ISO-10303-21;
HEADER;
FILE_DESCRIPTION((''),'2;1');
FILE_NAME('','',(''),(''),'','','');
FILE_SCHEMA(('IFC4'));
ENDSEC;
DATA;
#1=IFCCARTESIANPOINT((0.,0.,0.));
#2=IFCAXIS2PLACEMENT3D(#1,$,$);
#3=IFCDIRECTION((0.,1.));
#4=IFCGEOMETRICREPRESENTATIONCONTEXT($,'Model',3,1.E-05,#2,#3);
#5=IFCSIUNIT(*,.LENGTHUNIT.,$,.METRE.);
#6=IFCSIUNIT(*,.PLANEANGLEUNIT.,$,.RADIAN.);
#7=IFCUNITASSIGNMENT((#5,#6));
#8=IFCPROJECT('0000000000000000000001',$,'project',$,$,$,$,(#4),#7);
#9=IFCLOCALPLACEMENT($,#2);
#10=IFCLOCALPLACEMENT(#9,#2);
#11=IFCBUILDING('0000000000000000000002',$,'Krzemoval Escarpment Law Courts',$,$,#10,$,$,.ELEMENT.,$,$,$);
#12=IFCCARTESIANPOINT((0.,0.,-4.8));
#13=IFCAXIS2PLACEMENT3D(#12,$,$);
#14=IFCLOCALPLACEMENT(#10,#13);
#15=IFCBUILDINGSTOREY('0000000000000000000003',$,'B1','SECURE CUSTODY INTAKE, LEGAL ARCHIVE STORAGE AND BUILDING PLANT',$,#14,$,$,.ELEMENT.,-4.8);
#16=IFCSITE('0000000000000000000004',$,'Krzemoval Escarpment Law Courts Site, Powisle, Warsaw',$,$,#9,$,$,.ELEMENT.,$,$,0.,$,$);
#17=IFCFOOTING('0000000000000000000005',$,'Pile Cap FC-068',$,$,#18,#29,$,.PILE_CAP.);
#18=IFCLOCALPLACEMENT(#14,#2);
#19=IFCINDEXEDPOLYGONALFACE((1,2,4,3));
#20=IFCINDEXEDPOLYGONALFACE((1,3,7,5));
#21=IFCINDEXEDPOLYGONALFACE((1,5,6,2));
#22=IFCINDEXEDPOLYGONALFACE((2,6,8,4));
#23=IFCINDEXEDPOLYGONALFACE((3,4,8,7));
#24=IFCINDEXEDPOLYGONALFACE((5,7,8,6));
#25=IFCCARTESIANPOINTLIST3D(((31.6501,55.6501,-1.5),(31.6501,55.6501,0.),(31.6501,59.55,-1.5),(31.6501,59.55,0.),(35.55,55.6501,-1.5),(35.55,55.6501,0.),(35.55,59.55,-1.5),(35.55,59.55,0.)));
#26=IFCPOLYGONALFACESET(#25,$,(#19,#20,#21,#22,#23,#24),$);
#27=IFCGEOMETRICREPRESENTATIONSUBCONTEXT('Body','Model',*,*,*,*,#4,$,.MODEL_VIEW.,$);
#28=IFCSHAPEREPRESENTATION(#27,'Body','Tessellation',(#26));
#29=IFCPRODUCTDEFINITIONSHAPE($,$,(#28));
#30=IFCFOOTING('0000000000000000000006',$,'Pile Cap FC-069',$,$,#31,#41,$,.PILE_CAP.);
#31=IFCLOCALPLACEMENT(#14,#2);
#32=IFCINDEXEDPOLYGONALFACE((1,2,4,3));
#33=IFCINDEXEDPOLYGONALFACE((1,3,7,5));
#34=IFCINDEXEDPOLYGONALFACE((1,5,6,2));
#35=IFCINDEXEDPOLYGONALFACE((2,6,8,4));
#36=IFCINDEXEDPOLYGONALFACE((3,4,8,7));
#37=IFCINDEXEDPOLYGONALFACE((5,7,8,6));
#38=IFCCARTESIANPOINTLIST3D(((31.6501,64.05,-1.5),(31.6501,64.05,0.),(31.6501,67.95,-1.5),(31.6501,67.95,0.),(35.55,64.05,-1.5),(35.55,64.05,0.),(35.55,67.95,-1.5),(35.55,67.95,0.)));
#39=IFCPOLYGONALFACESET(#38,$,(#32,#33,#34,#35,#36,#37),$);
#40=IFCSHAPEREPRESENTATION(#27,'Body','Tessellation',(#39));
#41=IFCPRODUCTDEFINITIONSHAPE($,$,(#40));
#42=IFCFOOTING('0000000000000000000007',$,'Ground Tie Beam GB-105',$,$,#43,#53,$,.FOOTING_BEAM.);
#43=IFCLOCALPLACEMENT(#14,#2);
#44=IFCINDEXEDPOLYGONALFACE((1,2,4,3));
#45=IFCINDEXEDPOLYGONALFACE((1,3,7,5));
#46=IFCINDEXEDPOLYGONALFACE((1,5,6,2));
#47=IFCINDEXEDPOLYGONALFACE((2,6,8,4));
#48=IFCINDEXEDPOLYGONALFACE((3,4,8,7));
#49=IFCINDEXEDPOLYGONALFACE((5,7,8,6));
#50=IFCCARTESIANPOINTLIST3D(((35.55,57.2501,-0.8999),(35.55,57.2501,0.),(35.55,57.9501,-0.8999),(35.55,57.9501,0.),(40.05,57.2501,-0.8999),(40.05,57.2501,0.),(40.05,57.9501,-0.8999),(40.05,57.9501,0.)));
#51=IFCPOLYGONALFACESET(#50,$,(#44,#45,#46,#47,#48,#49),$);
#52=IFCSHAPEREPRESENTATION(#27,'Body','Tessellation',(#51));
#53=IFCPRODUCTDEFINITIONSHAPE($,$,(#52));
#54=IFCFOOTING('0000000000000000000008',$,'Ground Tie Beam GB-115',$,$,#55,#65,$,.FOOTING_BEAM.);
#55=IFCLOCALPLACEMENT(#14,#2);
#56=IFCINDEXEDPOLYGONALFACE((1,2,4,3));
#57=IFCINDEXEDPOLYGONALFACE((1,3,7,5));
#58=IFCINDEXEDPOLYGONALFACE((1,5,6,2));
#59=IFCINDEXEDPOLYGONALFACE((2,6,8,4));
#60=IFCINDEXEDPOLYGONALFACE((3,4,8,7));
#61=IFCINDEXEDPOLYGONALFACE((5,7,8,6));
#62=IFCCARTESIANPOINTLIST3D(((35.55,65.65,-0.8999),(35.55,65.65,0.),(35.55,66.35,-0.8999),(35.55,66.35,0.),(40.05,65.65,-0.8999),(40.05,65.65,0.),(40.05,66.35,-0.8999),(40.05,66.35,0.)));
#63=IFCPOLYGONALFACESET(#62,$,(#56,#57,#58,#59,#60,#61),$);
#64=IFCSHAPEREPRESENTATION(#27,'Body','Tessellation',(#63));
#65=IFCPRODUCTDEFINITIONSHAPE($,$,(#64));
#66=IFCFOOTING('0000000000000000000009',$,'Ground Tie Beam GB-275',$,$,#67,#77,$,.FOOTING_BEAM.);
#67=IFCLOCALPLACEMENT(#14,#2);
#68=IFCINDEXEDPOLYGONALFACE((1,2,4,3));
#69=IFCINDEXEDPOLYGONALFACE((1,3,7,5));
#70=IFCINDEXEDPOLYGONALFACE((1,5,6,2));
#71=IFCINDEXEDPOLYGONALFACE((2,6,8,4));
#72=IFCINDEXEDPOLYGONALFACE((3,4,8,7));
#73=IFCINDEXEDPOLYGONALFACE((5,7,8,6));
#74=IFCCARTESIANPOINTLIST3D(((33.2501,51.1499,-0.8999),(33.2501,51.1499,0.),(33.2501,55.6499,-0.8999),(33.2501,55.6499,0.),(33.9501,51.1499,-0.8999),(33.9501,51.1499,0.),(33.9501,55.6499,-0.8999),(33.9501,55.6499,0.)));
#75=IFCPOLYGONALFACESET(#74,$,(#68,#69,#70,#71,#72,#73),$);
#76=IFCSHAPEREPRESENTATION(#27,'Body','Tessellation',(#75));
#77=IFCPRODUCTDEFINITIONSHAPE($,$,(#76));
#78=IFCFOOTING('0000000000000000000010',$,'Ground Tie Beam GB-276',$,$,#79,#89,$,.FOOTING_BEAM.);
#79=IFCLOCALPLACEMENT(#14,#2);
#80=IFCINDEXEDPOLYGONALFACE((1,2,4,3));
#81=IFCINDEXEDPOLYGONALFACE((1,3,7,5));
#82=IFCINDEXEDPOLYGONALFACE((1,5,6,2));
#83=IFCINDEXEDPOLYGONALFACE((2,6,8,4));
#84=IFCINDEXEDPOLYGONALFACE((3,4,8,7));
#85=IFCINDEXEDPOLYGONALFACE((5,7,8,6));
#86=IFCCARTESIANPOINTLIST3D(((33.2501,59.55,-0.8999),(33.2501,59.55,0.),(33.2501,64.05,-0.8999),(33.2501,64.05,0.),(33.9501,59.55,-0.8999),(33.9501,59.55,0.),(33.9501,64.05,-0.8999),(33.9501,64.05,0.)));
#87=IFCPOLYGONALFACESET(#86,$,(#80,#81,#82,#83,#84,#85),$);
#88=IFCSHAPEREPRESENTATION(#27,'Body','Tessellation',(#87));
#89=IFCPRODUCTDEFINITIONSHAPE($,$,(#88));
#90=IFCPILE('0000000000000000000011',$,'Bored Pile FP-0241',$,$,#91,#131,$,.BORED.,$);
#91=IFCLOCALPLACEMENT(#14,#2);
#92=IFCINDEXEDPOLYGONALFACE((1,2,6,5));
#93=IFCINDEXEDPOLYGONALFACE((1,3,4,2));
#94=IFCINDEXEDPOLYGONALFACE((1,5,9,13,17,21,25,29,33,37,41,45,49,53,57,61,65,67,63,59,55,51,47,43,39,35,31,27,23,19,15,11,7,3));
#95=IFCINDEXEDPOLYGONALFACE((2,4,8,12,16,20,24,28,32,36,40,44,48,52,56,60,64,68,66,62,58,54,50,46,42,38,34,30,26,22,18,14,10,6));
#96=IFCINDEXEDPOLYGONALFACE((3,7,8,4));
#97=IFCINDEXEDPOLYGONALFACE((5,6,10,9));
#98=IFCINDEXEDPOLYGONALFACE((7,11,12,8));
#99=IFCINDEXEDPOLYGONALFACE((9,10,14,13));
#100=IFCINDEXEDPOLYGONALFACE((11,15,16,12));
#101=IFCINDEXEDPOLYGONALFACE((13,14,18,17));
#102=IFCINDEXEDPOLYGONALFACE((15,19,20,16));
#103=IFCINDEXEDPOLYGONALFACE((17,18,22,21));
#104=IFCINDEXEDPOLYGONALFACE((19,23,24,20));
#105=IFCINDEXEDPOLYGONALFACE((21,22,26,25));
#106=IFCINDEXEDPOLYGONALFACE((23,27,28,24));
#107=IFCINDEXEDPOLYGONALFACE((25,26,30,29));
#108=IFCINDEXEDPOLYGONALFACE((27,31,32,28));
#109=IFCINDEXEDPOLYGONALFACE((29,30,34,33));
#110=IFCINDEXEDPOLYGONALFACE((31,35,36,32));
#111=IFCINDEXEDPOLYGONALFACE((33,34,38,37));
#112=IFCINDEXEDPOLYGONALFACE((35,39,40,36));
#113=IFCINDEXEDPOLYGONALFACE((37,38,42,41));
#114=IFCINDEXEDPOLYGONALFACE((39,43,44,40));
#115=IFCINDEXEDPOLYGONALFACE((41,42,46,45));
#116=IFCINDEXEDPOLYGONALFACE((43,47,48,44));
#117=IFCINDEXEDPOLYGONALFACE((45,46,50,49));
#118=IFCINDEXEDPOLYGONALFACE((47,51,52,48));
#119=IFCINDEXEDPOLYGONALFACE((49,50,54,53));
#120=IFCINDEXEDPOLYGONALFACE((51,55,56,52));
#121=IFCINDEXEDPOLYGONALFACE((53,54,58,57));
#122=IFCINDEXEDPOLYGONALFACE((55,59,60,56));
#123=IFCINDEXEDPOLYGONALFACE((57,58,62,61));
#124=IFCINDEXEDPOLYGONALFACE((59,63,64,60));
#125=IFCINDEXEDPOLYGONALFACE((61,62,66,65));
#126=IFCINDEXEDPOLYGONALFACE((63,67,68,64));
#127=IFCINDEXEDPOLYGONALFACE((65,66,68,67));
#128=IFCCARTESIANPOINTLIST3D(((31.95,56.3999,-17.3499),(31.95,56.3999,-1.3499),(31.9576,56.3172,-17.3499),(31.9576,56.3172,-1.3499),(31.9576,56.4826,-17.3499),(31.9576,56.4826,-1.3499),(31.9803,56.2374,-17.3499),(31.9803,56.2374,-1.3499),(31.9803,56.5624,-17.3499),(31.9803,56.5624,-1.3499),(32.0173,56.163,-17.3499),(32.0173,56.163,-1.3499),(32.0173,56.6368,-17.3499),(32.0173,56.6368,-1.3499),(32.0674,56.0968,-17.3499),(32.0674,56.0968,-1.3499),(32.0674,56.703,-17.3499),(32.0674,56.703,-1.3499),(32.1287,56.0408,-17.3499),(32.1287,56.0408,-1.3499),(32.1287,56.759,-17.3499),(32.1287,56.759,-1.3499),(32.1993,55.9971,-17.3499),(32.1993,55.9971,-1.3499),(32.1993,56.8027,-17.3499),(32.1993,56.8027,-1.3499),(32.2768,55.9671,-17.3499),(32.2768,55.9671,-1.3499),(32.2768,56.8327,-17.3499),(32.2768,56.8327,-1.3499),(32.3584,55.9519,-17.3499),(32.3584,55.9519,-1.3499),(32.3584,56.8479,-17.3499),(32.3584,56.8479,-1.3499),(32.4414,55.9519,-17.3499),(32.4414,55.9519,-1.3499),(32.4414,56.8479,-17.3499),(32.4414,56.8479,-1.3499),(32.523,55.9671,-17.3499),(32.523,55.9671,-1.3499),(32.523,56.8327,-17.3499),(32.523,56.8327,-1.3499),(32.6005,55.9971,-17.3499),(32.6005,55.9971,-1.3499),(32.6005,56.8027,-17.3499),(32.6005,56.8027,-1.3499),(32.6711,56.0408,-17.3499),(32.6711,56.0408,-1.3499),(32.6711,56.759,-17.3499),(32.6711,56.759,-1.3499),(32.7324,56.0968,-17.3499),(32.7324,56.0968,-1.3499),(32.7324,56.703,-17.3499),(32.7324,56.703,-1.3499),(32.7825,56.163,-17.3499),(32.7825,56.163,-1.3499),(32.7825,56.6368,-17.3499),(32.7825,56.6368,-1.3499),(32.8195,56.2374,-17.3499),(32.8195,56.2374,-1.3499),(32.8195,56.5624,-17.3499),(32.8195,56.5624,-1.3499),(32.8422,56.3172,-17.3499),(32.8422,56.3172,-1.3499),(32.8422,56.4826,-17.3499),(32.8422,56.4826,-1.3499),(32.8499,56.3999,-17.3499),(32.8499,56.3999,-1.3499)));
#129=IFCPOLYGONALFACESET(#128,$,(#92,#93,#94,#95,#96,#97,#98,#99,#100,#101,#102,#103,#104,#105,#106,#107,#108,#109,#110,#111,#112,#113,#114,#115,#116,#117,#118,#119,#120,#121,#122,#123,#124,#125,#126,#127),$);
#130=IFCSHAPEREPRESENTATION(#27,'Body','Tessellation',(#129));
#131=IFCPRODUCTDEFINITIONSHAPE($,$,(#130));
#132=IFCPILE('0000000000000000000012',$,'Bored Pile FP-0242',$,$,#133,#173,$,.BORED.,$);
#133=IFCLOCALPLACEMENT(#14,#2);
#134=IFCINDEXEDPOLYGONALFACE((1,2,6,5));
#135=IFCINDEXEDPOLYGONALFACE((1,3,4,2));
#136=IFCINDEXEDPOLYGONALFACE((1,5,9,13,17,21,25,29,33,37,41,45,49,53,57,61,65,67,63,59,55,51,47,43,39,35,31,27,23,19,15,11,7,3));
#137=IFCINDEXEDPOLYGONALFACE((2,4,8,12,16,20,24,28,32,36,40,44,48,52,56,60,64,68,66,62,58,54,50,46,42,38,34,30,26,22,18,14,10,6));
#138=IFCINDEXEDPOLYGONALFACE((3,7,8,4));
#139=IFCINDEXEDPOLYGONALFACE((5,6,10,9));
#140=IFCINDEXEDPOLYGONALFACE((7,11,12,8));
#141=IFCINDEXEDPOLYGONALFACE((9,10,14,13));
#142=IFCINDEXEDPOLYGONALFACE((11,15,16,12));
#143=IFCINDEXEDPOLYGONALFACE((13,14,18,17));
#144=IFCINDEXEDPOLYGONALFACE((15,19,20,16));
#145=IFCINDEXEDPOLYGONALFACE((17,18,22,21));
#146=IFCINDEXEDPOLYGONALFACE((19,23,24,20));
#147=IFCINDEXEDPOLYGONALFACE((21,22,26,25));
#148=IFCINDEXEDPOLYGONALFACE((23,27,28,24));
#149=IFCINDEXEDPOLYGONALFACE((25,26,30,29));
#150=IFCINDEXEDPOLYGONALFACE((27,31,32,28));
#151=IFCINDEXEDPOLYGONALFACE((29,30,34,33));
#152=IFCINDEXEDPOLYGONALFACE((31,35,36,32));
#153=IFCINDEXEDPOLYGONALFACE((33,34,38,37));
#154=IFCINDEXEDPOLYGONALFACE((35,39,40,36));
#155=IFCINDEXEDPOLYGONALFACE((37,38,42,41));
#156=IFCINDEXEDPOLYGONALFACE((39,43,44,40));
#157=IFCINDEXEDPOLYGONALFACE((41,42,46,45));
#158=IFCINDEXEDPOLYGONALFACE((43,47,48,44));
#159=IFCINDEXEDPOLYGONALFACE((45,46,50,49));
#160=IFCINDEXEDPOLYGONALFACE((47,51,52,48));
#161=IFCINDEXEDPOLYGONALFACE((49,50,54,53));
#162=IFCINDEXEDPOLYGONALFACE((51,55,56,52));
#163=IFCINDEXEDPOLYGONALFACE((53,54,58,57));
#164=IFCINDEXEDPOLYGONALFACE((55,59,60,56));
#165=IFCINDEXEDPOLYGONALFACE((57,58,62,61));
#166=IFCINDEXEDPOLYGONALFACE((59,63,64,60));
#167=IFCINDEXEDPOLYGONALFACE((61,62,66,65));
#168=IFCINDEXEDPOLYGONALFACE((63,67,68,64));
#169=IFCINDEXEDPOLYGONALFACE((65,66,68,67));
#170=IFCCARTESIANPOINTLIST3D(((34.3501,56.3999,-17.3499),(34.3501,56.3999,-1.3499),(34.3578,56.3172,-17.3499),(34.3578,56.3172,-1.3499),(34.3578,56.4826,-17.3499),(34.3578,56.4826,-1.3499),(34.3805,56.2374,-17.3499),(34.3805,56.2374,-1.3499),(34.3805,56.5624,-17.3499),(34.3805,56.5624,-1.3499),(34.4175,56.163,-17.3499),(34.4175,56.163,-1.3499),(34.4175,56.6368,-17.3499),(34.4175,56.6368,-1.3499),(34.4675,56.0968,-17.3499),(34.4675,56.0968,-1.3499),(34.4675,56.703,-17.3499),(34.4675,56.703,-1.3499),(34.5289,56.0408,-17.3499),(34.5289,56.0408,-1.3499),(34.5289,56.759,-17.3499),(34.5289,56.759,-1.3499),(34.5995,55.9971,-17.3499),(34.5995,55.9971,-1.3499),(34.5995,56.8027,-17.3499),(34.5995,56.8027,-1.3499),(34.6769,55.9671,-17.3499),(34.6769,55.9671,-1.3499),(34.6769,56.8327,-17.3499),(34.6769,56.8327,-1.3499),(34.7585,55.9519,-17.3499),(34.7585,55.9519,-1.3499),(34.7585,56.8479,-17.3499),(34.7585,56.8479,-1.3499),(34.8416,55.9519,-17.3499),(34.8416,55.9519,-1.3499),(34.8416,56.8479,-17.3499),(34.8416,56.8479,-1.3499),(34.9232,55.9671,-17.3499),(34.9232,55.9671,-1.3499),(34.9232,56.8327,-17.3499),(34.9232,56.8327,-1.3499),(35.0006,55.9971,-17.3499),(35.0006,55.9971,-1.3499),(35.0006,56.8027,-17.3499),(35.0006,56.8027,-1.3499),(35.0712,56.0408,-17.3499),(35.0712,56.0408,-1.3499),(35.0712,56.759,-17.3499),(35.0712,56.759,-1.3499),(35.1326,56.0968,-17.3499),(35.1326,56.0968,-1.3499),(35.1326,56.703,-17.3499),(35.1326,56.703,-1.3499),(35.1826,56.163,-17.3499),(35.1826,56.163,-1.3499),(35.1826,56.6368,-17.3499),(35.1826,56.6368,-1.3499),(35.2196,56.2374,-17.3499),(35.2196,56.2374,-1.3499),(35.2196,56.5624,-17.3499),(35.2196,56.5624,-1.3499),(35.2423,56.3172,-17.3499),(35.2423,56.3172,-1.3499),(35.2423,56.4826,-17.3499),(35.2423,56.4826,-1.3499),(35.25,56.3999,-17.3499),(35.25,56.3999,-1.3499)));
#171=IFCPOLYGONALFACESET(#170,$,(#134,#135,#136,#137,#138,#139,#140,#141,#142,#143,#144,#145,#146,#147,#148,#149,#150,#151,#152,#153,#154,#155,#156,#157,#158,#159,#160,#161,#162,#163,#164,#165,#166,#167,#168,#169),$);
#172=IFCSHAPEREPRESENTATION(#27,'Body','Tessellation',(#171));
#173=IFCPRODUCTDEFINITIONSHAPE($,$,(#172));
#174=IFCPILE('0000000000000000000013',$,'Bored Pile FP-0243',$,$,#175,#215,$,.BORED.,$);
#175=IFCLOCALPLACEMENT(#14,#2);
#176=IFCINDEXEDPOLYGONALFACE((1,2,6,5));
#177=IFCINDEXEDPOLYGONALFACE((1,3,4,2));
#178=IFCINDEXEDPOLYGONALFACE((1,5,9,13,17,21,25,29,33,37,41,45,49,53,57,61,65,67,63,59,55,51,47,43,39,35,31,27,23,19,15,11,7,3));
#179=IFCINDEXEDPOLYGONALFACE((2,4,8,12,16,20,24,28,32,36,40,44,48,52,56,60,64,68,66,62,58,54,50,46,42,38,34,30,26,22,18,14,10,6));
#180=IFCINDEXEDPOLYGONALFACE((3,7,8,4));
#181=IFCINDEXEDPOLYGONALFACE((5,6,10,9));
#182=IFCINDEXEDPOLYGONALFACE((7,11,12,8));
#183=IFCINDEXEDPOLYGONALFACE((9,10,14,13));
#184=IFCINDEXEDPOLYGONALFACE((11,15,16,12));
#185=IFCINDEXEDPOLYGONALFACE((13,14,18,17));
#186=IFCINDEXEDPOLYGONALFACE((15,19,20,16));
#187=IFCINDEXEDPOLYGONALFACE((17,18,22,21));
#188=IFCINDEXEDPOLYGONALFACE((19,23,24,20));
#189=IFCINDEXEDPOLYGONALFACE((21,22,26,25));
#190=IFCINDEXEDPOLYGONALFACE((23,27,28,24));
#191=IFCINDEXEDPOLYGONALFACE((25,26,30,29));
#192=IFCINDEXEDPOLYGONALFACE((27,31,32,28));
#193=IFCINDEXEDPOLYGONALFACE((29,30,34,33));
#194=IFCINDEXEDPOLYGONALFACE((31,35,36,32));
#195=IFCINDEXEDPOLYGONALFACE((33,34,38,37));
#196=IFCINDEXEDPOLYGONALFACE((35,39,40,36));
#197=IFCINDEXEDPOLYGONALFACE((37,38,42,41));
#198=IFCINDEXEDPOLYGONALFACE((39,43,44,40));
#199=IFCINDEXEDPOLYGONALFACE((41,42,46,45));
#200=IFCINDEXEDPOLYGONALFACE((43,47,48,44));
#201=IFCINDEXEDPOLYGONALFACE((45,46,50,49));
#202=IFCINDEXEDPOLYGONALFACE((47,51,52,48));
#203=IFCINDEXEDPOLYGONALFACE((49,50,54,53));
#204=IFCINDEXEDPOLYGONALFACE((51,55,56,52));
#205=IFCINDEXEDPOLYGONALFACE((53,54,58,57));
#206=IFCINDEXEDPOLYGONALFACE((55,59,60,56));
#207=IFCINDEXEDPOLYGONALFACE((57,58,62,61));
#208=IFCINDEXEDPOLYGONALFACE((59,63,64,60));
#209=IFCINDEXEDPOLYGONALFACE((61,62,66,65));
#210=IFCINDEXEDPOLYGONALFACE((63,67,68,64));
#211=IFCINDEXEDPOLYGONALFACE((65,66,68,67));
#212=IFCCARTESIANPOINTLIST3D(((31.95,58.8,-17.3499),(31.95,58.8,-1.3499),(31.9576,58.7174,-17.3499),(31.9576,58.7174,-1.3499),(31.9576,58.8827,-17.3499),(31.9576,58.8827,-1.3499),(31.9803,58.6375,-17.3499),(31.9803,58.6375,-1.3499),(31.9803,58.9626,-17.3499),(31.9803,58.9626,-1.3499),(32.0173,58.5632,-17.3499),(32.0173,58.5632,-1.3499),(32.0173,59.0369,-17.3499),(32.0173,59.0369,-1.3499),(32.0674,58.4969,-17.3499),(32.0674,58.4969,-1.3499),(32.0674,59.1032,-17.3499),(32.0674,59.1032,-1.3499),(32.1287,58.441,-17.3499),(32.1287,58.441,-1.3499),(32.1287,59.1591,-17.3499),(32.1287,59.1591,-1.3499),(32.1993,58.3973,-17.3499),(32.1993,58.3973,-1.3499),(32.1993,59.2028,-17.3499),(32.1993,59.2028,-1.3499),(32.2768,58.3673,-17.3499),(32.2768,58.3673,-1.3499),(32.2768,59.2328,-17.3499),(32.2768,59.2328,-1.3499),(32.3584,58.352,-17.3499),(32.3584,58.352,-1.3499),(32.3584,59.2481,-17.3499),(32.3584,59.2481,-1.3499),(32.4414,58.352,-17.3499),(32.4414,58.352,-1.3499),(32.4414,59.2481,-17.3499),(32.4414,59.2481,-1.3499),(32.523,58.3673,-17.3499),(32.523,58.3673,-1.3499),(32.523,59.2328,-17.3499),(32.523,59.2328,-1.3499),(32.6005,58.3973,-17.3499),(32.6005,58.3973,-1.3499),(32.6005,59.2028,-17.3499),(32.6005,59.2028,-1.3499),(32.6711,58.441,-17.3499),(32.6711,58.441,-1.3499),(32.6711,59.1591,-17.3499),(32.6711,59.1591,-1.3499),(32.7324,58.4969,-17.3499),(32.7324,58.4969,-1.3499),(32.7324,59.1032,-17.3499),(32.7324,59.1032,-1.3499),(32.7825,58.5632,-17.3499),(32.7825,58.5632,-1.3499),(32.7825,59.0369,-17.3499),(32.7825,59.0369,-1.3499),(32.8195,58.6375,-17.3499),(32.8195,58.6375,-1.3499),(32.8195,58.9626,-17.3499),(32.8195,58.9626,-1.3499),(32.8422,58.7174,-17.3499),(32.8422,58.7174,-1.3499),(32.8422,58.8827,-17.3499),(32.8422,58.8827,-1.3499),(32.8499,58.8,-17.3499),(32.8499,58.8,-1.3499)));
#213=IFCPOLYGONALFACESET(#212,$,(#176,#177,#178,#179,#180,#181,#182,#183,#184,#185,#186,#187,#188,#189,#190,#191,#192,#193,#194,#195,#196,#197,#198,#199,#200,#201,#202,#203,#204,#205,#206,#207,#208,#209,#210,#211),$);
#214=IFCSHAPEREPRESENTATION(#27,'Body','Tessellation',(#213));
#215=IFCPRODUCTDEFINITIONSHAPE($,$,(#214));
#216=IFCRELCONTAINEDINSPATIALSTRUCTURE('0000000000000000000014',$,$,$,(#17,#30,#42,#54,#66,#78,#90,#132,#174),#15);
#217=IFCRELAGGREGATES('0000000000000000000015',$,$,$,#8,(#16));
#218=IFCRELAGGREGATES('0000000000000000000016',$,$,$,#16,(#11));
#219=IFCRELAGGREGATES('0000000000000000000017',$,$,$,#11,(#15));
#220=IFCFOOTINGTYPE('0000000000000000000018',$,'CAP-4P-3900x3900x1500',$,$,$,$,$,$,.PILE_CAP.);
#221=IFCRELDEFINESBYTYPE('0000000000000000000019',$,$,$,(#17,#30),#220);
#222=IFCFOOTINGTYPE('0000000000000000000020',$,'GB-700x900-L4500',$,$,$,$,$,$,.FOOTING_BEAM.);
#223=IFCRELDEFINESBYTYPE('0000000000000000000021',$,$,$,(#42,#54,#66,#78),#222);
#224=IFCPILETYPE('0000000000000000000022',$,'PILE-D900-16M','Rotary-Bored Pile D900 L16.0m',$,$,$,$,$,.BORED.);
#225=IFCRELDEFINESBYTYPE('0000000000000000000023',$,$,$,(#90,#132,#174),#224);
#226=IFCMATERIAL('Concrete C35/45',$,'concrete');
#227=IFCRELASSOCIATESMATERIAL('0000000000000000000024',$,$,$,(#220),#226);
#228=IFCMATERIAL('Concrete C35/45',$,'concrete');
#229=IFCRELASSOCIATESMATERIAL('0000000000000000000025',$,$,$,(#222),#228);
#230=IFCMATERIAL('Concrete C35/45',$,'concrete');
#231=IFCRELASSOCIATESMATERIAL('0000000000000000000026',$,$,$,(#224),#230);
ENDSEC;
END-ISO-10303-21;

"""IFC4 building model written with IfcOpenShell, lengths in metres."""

from ifc_helpers import new_model, si_unit, direction, frame, origin, origin_2d, place, context, subcontext, project, spatial, rectangle, circle, extrude, material, material_profile, profile_set, type_object, element, save


model = new_model("IFC4")

# Units and contexts
model_context = context("Model", 3, precision=1e-05, world=origin(), true_north=direction((0.0, 1.0)))
body_context = subcontext(model_context, "Body", "Model", "MODEL_VIEW")
ifc_project = project(units=[si_unit("LENGTHUNIT", "METRE"), si_unit("PLANEANGLEUNIT", "RADIAN")], contexts=[model_context])

# Site, building, storey
site_placement = place(None, origin())
site = spatial("IfcSite", under=ifc_project, at=site_placement, Name="Krzemoval Escarpment Law Courts Site, Powisle, Warsaw", CompositionType="ELEMENT", RefElevation=0.0)
building_placement = place(site_placement, origin())
building = spatial("IfcBuilding", under=site, at=building_placement, Name="Krzemoval Escarpment Law Courts", CompositionType="ELEMENT")
storey_placement = place(building_placement, frame((0.0, 0.0, -4.8)))
storey = spatial("IfcBuildingStorey", under=building, at=storey_placement, Name="B1", Description="SECURE CUSTODY INTAKE, LEGAL ARCHIVE STORAGE AND BUILDING PLANT", CompositionType="ELEMENT", Elevation=-4.8)

# Footings
ifc_material_1 = material(Name="Concrete C35/45", Category="concrete")
footing_type_1 = type_object("IfcFootingType", Name="CAP-4P-3900x3900x1500", PredefinedType="PILE_CAP", material=ifc_material_1)
for number, where, z_axis, x_axis, name in (
    (1, (33.6001, 57.6001, -1.5), (0.0, 0.0, 1.0), (1.0, 0.0, 0.0), "Pile Cap FC-068"),
    (2, (33.6001, 66.0, -1.5), (0.0, 0.0, 1.0), (1.0, 0.0, 0.0), "Pile Cap FC-069"),
):
    element("IfcFooting", number, at=place(storey_placement, frame(where, z_axis=z_axis, x_axis=x_axis)), inside=storey, type_object=footing_type_1, Name=name, PredefinedType="PILE_CAP", context=body_context, shape_type="SweptSolid", body=[
        extrude(rectangle(XDim=3.8999, YDim=3.8999, at=origin_2d()), origin(), (0.0, 0.0, 1.0), 1.5),
    ])
ifc_material_2 = material(Name="Concrete C35/45", Category="concrete")
footing_type_2 = type_object("IfcFootingType", Name="GB-700x900-L4500", PredefinedType="FOOTING_BEAM", material=ifc_material_2)
for number, where, z_axis, x_axis, name in (
    (3, (37.8, 57.6001, -0.8999), (0.0, 0.0, 1.0), (1.0, 0.0, 0.0), "Ground Tie Beam GB-105"),
    (4, (37.8, 66.0, -0.8999), (0.0, 0.0, 1.0), (1.0, 0.0, 0.0), "Ground Tie Beam GB-115"),
    (5, (33.6001, 53.3999, -0.8999), (0.0, 0.0, 1.0), (0.0, 1.0, 0.0), "Ground Tie Beam GB-275"),
    (6, (33.6001, 61.8, -0.8999), (0.0, 0.0, 1.0), (0.0, 1.0, 0.0), "Ground Tie Beam GB-276"),
):
    element("IfcFooting", number, at=place(storey_placement, frame(where, z_axis=z_axis, x_axis=x_axis)), inside=storey, type_object=footing_type_2, Name=name, PredefinedType="FOOTING_BEAM", context=body_context, shape_type="SweptSolid", body=[
        extrude(rectangle(XDim=4.5, YDim=0.7, at=origin_2d()), origin(), (0.0, 0.0, 1.0), 0.8999),
    ])

# Piles
ifc_material_3 = material(Name="Concrete C35/45", Category="concrete")
ifc_material_profile_1 = material_profile(ifc_material_3, circle(Radius=0.45, at=origin_2d()), Name="PILE D900")
ifc_profile_set_1 = profile_set([ifc_material_profile_1], Name="Concrete C35/45")
pile_type = type_object("IfcPileType", Name="PILE-D900-16M", Description="Rotary-Bored Pile D900 L16.0m", PredefinedType="BORED", material=ifc_profile_set_1)
for number, where, z_axis, x_axis, name in (
    (7, (32.3999, 56.3999, -1.3499), (0.0, 0.0, -1.0), (1.0, 0.0, 0.0), "Bored Pile FP-0241"),
    (8, (34.8, 56.3999, -1.3499), (0.0, 0.0, -1.0), (1.0, 0.0, 0.0), "Bored Pile FP-0242"),
    (9, (32.3999, 58.8, -1.3499), (0.0, 0.0, -1.0), (1.0, 0.0, 0.0), "Bored Pile FP-0243"),
):
    element("IfcPile", number, at=place(storey_placement, frame(where, z_axis=z_axis, x_axis=x_axis)), inside=storey, type_object=pile_type, Name=name, PredefinedType="BORED", context=body_context, shape_type="SweptSolid", body=[
        extrude(circle(Radius=0.45, at=origin_2d()), origin(), (0.0, 0.0, 1.0), 16.0),
    ])

save(model, "model.ifc")
